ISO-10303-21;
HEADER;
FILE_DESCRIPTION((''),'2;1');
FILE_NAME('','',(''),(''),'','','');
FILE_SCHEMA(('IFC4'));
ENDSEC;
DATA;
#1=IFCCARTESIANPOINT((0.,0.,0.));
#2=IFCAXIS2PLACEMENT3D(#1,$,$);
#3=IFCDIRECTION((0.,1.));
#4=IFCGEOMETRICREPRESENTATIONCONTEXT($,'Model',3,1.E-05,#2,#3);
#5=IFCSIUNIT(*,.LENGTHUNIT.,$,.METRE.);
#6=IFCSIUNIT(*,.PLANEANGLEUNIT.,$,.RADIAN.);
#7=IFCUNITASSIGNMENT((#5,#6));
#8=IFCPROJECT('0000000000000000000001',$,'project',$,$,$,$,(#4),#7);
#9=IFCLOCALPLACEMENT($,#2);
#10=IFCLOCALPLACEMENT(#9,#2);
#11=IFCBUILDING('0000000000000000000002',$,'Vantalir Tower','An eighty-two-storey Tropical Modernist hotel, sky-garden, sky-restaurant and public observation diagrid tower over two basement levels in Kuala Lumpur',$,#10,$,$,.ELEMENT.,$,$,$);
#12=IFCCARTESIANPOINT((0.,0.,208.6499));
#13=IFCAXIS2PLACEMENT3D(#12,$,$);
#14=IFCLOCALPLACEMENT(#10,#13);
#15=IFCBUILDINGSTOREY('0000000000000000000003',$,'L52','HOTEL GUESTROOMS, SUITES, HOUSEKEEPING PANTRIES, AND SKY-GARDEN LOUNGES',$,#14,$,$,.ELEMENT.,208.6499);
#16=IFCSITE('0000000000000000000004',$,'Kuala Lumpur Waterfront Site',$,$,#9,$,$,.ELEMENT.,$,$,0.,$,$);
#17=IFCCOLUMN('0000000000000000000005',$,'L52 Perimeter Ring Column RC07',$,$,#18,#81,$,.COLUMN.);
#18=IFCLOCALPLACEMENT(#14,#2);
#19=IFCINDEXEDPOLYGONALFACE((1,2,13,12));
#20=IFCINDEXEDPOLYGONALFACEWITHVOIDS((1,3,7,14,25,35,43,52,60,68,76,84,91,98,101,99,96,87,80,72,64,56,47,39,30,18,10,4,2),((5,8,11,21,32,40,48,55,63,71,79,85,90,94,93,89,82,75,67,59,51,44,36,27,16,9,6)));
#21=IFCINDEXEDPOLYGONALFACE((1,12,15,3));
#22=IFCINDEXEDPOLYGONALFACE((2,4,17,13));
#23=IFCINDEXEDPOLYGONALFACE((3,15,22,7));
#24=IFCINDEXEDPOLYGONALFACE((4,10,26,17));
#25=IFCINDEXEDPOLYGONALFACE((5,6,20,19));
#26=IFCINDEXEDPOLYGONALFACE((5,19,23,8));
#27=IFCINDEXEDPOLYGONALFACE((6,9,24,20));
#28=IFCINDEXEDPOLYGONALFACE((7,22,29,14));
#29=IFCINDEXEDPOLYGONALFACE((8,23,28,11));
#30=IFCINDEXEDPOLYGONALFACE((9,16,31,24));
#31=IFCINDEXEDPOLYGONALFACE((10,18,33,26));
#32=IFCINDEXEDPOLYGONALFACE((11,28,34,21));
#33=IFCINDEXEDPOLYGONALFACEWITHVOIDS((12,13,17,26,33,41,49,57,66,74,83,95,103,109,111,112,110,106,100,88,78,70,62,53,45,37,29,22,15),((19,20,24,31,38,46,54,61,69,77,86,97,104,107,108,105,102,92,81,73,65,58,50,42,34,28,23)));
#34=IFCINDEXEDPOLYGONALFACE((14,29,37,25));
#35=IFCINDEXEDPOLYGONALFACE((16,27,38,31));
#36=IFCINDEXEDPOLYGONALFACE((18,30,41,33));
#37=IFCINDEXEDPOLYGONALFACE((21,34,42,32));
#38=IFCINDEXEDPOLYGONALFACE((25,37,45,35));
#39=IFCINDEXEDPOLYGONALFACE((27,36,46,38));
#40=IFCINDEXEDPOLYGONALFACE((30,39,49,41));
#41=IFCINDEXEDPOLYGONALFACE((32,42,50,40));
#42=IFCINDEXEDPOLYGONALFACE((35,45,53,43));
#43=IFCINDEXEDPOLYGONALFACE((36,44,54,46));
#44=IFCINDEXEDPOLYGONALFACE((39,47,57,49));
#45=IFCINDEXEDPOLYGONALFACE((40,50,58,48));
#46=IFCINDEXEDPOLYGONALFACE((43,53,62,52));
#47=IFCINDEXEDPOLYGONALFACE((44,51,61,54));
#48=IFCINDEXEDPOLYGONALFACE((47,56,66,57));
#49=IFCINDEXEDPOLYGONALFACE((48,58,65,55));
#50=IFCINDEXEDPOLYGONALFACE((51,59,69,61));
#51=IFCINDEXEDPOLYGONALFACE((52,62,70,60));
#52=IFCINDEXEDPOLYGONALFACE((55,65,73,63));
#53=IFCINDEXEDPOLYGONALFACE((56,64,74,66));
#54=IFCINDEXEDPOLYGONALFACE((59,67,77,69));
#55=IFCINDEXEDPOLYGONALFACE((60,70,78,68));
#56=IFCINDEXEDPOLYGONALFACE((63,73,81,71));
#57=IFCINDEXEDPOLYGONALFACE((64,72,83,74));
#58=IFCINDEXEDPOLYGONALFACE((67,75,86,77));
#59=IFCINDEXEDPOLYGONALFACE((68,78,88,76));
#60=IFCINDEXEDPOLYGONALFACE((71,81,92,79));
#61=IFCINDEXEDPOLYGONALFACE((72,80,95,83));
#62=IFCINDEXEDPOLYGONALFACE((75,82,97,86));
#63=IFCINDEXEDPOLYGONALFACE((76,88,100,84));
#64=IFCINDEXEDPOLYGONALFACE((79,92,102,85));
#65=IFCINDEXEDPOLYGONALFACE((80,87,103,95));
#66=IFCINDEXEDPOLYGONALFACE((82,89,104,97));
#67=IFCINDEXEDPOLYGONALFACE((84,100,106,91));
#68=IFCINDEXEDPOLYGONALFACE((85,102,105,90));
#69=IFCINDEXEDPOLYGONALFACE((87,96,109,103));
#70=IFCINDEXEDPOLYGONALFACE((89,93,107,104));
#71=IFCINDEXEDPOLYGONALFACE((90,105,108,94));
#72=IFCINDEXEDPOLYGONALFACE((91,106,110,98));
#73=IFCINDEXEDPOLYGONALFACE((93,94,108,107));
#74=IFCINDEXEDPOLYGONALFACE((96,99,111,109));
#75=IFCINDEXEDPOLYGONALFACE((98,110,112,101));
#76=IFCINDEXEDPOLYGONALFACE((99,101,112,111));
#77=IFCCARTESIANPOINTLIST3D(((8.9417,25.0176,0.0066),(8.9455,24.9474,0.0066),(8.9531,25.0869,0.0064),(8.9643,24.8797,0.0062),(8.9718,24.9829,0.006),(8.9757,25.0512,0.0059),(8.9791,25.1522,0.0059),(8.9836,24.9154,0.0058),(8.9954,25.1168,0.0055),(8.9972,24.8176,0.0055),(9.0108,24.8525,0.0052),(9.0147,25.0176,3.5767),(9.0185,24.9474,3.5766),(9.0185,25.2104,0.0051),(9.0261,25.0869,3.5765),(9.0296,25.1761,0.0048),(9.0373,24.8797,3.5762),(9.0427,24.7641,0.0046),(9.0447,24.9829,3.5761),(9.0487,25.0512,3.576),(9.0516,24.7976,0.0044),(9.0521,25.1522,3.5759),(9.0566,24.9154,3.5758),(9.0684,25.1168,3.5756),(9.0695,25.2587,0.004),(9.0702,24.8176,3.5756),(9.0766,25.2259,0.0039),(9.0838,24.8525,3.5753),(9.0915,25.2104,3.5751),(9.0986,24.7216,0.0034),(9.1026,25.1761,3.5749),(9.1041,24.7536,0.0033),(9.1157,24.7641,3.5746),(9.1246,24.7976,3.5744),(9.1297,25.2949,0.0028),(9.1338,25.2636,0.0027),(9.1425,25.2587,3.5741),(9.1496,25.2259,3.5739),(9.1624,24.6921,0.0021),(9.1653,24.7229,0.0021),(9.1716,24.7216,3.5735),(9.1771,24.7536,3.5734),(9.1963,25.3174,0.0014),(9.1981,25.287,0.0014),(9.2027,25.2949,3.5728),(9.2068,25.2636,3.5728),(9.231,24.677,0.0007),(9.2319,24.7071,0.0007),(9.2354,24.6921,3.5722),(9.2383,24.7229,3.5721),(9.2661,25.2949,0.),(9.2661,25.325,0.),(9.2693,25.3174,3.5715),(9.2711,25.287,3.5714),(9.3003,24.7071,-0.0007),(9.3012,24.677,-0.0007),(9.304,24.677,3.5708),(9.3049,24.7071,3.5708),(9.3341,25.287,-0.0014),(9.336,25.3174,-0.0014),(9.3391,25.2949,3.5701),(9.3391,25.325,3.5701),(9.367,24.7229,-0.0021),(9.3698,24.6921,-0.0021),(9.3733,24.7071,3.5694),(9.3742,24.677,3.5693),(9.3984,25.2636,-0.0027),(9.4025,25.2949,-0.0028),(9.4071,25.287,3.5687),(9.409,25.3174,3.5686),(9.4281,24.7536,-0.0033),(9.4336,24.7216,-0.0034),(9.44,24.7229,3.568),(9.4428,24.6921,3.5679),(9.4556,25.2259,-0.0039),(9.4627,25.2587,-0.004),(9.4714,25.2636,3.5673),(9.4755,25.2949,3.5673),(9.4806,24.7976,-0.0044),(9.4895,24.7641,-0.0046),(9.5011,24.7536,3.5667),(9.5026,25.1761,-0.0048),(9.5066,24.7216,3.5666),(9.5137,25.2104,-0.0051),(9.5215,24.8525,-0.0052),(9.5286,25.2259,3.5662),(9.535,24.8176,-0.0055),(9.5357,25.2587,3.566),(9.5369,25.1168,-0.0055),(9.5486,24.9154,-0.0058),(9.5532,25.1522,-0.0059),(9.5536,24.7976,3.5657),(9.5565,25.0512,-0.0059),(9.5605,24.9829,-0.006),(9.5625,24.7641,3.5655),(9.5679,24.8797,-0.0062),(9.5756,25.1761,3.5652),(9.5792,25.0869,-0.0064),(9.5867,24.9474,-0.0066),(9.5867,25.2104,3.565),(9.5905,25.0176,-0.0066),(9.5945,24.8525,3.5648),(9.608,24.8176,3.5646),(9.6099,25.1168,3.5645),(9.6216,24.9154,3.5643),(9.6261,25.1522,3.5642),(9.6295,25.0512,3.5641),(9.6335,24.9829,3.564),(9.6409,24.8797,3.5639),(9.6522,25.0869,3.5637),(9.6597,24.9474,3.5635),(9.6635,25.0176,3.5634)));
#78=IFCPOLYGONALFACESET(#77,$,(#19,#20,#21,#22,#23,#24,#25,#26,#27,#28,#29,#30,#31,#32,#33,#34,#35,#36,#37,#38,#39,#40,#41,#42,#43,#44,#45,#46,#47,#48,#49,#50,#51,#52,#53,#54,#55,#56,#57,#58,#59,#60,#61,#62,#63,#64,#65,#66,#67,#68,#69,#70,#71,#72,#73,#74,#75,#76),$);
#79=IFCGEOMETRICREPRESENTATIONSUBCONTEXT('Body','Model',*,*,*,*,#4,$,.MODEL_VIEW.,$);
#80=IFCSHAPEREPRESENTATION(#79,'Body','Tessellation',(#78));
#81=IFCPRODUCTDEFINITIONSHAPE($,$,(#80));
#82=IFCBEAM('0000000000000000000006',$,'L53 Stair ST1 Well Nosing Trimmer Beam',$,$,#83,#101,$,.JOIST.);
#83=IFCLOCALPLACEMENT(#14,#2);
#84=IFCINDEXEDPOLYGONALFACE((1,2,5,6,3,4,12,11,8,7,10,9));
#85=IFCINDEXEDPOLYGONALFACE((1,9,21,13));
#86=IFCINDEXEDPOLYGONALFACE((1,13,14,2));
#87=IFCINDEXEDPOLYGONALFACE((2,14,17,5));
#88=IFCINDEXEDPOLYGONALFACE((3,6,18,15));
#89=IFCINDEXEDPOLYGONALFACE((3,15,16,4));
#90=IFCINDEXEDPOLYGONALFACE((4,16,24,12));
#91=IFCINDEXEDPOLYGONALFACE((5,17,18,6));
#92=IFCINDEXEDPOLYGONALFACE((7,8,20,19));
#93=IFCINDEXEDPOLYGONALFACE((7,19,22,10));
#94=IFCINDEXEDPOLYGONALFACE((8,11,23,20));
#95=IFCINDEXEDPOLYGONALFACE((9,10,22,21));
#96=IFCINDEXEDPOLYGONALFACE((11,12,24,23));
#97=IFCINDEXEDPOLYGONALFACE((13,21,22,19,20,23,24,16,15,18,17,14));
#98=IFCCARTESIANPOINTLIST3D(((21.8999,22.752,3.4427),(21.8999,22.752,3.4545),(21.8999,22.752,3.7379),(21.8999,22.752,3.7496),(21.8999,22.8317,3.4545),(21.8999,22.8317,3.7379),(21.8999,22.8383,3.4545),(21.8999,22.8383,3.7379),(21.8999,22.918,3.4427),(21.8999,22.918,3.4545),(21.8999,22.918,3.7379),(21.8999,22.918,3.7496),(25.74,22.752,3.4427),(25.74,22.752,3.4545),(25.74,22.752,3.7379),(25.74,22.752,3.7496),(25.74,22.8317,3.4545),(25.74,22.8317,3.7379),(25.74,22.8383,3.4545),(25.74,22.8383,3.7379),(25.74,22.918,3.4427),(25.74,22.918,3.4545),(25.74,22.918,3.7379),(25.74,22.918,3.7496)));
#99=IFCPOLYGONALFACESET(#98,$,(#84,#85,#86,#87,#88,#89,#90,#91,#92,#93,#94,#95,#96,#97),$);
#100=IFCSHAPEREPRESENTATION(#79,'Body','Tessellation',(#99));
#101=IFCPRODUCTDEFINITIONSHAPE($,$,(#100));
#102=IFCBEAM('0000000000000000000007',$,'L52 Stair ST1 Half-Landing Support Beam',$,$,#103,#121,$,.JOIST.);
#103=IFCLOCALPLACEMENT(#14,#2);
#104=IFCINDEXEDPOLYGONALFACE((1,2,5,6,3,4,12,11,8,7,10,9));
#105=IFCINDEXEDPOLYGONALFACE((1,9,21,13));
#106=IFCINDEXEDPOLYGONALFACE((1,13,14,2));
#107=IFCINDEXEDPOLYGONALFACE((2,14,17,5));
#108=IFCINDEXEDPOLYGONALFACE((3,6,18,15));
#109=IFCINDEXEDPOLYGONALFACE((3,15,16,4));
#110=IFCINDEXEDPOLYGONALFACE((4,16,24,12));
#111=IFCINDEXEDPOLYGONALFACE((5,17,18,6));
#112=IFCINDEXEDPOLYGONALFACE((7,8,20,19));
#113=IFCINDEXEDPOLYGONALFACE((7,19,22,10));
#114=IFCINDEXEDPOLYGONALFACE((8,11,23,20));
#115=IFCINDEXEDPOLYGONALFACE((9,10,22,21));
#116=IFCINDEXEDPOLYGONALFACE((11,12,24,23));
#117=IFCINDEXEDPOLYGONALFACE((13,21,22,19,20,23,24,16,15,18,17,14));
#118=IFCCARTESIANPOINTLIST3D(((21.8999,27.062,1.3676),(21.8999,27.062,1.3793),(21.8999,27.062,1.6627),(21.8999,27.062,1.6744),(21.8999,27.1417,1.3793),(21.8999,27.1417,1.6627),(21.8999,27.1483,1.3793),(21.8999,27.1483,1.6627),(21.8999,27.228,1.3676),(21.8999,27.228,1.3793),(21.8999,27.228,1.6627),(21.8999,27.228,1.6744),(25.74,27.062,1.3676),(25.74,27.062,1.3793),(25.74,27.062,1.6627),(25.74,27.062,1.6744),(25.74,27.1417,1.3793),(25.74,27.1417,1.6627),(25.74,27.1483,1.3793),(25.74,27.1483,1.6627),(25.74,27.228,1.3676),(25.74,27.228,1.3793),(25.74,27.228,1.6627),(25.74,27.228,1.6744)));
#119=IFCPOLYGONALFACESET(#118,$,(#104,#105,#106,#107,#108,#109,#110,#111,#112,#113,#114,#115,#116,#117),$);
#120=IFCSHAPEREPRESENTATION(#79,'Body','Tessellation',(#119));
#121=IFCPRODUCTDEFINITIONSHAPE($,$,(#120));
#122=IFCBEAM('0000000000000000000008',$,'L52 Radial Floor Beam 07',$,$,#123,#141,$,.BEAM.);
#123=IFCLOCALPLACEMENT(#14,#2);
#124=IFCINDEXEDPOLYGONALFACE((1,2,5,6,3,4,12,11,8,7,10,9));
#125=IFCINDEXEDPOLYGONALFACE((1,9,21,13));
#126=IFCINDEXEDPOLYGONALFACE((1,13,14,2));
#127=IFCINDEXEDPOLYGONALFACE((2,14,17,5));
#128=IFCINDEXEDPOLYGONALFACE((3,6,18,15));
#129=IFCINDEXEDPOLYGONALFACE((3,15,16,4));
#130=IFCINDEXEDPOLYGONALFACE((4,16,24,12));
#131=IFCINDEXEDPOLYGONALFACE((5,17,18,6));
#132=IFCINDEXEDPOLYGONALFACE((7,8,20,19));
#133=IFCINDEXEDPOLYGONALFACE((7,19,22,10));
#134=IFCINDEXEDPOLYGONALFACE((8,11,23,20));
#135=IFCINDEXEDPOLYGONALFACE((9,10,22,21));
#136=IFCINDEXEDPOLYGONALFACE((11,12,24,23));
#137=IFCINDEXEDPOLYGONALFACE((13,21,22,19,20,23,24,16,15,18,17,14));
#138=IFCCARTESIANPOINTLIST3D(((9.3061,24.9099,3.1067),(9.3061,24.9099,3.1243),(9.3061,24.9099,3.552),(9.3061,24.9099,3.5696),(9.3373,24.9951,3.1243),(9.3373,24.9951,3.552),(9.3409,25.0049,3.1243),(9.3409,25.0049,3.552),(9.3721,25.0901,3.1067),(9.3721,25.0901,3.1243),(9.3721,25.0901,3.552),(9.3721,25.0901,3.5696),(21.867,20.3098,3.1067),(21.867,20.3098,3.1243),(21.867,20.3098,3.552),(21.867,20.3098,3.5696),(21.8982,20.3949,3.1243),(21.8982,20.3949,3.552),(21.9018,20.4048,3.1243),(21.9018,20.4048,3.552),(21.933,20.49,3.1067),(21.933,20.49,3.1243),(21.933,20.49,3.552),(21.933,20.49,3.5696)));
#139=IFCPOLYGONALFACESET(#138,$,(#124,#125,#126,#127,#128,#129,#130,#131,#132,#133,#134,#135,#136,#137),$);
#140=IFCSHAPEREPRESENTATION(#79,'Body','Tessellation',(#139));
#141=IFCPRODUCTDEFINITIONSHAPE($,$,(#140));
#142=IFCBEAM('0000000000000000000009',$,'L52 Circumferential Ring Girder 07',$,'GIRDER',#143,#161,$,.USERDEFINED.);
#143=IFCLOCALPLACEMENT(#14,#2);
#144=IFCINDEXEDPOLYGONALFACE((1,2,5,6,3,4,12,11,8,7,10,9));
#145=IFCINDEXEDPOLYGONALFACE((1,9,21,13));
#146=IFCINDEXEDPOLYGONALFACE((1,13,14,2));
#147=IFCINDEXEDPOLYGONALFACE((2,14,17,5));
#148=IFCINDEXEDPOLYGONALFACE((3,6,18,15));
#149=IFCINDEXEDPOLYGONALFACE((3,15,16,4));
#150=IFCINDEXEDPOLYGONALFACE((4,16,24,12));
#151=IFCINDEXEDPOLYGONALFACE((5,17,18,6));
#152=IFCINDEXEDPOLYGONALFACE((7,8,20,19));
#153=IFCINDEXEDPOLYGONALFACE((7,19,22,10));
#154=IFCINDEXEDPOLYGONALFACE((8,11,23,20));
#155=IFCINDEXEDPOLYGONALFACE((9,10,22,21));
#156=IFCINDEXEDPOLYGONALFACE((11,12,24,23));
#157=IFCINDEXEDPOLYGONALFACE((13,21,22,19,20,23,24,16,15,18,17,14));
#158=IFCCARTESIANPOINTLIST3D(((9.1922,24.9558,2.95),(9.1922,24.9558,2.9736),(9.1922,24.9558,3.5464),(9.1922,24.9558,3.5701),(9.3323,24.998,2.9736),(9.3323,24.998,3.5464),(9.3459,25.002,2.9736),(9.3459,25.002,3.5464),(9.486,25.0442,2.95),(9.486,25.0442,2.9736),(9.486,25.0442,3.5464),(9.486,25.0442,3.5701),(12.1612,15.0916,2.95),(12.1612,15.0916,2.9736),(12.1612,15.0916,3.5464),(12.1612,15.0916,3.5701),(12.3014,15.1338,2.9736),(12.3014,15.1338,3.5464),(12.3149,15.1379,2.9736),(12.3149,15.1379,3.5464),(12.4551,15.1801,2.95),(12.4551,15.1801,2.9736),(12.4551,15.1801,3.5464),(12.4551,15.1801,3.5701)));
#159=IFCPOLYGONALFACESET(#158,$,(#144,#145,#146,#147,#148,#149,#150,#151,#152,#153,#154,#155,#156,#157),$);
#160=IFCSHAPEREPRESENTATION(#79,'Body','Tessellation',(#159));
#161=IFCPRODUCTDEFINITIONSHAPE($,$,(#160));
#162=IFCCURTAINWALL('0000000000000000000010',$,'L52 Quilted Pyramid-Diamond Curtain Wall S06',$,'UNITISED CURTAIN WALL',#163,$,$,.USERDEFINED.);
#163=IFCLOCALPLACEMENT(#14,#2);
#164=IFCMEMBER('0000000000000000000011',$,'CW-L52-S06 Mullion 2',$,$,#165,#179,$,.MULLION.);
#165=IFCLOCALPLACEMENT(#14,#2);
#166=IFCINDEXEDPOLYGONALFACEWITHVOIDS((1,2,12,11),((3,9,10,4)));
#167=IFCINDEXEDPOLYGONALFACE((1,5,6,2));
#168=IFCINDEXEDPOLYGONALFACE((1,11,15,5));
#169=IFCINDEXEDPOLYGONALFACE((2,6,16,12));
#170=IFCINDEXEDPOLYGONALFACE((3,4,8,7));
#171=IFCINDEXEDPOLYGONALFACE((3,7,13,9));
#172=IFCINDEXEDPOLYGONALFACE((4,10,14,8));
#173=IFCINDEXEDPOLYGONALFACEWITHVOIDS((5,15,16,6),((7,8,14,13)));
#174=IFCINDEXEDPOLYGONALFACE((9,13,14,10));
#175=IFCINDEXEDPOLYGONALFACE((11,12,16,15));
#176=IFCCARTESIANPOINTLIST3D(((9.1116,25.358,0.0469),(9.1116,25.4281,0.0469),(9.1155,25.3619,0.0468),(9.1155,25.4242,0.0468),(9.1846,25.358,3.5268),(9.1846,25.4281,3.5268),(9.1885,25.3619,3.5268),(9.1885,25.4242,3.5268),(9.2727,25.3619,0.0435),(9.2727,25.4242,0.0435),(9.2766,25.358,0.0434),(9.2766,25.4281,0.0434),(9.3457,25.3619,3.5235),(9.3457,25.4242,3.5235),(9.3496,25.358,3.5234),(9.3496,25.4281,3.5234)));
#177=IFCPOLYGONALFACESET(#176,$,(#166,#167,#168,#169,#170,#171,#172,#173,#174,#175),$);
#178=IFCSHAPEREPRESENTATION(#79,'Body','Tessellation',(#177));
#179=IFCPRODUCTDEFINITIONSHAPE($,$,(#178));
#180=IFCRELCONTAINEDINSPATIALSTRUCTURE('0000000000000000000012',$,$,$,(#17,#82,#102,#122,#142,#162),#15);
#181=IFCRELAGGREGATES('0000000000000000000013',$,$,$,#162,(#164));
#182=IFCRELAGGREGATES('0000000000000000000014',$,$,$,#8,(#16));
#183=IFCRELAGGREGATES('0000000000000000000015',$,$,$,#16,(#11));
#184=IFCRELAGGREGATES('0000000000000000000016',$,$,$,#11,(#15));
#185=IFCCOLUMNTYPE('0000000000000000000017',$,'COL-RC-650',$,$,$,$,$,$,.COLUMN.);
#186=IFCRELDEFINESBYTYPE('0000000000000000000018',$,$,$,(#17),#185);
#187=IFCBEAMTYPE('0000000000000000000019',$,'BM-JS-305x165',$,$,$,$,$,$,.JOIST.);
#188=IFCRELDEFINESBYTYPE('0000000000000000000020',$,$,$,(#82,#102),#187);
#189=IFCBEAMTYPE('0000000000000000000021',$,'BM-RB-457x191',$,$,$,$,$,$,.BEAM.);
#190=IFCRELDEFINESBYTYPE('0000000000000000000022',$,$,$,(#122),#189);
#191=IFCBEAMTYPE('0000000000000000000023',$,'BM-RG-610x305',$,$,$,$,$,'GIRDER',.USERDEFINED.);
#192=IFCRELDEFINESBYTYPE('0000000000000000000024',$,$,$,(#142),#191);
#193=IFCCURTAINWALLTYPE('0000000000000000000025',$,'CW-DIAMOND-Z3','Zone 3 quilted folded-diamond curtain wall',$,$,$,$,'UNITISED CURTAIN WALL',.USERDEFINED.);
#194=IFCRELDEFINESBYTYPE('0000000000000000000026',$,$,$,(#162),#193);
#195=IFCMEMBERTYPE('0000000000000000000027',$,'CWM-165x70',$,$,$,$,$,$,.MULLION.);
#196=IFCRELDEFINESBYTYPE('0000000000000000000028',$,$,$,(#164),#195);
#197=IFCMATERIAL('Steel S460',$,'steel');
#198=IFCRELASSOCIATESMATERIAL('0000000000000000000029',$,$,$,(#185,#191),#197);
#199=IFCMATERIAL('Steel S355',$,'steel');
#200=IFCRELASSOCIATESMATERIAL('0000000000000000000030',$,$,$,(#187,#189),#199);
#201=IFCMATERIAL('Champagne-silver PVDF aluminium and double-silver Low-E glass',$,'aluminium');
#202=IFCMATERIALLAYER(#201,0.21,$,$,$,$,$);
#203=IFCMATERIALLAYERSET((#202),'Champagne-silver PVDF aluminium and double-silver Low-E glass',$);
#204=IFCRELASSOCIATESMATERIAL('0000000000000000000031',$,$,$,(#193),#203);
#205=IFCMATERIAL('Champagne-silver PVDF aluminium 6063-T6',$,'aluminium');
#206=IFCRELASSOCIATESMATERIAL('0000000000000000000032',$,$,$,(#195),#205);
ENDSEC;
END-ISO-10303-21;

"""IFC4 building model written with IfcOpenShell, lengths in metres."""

from ifc_helpers import new_model, si_unit, direction, frame, origin, origin_2d, place, context, subcontext, project, spatial, hollow_rectangle, hollow_circle, i_section, extrude, material, layer, layer_set, material_profile, profile_set, type_object, element, aggregate, save


model = new_model("IFC4")

# Units and contexts
model_context = context("Model", 3, precision=1e-05, world=origin(), true_north=direction((0.0, 1.0)))
body_context = subcontext(model_context, "Body", "Model", "MODEL_VIEW")
ifc_project = project(units=[si_unit("LENGTHUNIT", "METRE"), si_unit("PLANEANGLEUNIT", "RADIAN")], contexts=[model_context])

# Site, building, storey
site_placement = place(None, origin())
site = spatial("IfcSite", under=ifc_project, at=site_placement, Name="Kuala Lumpur Waterfront Site", CompositionType="ELEMENT", RefElevation=0.0)
building_placement = place(site_placement, origin())
building = spatial("IfcBuilding", under=site, at=building_placement, Name="Vantalir Tower", Description="An eighty-two-storey Tropical Modernist hotel, sky-garden, sky-restaurant and public observation diagrid tower over two basement levels in Kuala Lumpur", CompositionType="ELEMENT")
storey_placement = place(building_placement, frame((0.0, 0.0, 208.6499)))
storey = spatial("IfcBuildingStorey", under=building, at=storey_placement, Name="L52", Description="HOTEL GUESTROOMS, SUITES, HOUSEKEEPING PANTRIES, AND SKY-GARDEN LOUNGES", CompositionType="ELEMENT", Elevation=208.6499)

# Column
ifc_material_1 = material(Name="Steel S460", Category="steel")
ifc_material_profile_1 = material_profile(ifc_material_1, hollow_circle(Radius=0.325, WallThickness=0.03, at=origin_2d()), Name="Steel S460")
ifc_profile_set_1 = profile_set([ifc_material_profile_1], Name="Steel S460")
column_type = type_object("IfcColumnType", Name="COL-RC-650", PredefinedType="COLUMN", material=ifc_profile_set_1)
column_placement = place(storey_placement, frame((9.2661, 25.0, 0.0), z_axis=(0.020443, 0.0, 0.999791), x_axis=(0.0, 1.0, 0.0)))
element("IfcColumn", 1, at=column_placement, inside=storey, type_object=column_type, Name="L52 Perimeter Ring Column RC07", PredefinedType="COLUMN", context=body_context, shape_type="SweptSolid", body=[
    extrude(hollow_circle(Radius=0.325, WallThickness=0.03, at=origin_2d()), origin(), (0.0, 0.0, 1.0), 3.5708),
])

# Beams
ifc_material_2 = material(Name="Steel S355", Category="steel")
ifc_material_profile_2 = material_profile(ifc_material_2, i_section(OverallWidth=0.166, OverallDepth=0.3069, WebThickness=0.0066, FlangeThickness=0.0117, at=origin_2d()), Name="Steel S355")
ifc_profile_set_2 = profile_set([ifc_material_profile_2], Name="Steel S355")
beam_type_1 = type_object("IfcBeamType", Name="BM-JS-305x165", PredefinedType="JOIST", material=ifc_profile_set_2)
for number, where, z_axis, x_axis, name in (
    (2, (21.8999, 22.835, 3.5962), (1.0, 0.0, 0.0), (0.0, 1.0, 0.0), "L53 Stair ST1 Well Nosing Trimmer Beam"),
    (3, (21.8999, 27.145, 1.521), (1.0, 0.0, 0.0), (0.0, 1.0, 0.0), "L52 Stair ST1 Half-Landing Support Beam"),
):
    element("IfcBeam", number, at=place(storey_placement, frame(where, z_axis=z_axis, x_axis=x_axis)), inside=storey, type_object=beam_type_1, Name=name, PredefinedType="JOIST", context=body_context, shape_type="SweptSolid", body=[
        extrude(i_section(OverallWidth=0.166, OverallDepth=0.3069, WebThickness=0.0066, FlangeThickness=0.0117, at=origin_2d()), origin(), (0.0, 0.0, 1.0), 3.8401),
    ])
ifc_material_profile_3 = material_profile(ifc_material_2, i_section(OverallWidth=0.1919, OverallDepth=0.4629, WebThickness=0.0105, FlangeThickness=0.0176, at=origin_2d()), Name="Steel S355")
ifc_profile_set_3 = profile_set([ifc_material_profile_3], Name="Steel S355")
beam_type_2 = type_object("IfcBeamType", Name="BM-RB-457x191", PredefinedType="BEAM", material=ifc_profile_set_3)
beam_1_placement = place(storey_placement, frame((9.3391, 25.0, 3.3381), z_axis=(0.93901, -0.34389, 0.0), x_axis=(0.34389, 0.93901, 0.0)))
element("IfcBeam", 4, at=beam_1_placement, inside=storey, type_object=beam_type_2, Name="L52 Radial Floor Beam 07", PredefinedType="BEAM", context=body_context, shape_type="SweptSolid", body=[
    extrude(i_section(OverallWidth=0.1919, OverallDepth=0.4629, WebThickness=0.0105, FlangeThickness=0.0176, at=origin_2d()), origin(), (0.0, 0.0, 1.0), 13.3767),
])
ifc_material_profile_4 = material_profile(ifc_material_1, i_section(OverallWidth=0.3069, OverallDepth=0.6201, WebThickness=0.0142, FlangeThickness=0.0237, at=origin_2d()), Name="Steel S460")
ifc_profile_set_4 = profile_set([ifc_material_profile_4], Name="Steel S460")
beam_type_3 = type_object("IfcBeamType", Name="BM-RG-610x305", ElementType="GIRDER", PredefinedType="USERDEFINED", material=ifc_profile_set_4)
beam_2_placement = place(storey_placement, frame((9.3391, 25.0, 3.26), z_axis=(0.28822, -0.957564, 0.0), x_axis=(0.957564, 0.28822, 0.0)))
element("IfcBeam", 5, at=beam_2_placement, inside=storey, type_object=beam_type_3, Name="L52 Circumferential Ring Girder 07", ObjectType="GIRDER", PredefinedType="USERDEFINED", context=body_context, shape_type="SweptSolid", body=[
    extrude(i_section(OverallWidth=0.3069, OverallDepth=0.6201, WebThickness=0.0142, FlangeThickness=0.0237, at=origin_2d()), origin(), (0.0, 0.0, 1.0), 10.3013),
])

# Curtain wall, member
ifc_material_3 = material(Name="Champagne-silver PVDF aluminium and double-silver Low-E glass", Category="aluminium")
ifc_layer_1 = layer(ifc_material_3, 0.21)
ifc_layer_set_1 = layer_set([ifc_layer_1], Name="Champagne-silver PVDF aluminium and double-silver Low-E glass")
curtain_wall_type = type_object("IfcCurtainWallType", Name="CW-DIAMOND-Z3", Description="Zone 3 quilted folded-diamond curtain wall", ElementType="UNITISED CURTAIN WALL", PredefinedType="USERDEFINED", material=ifc_layer_set_1)
curtain_wall_1_placement = place(storey_placement, origin())
curtain_wall_1 = element("IfcCurtainWall", 6, at=curtain_wall_1_placement, inside=storey, type_object=curtain_wall_type, Name="L52 Quilted Pyramid-Diamond Curtain Wall S06", ObjectType="UNITISED CURTAIN WALL", PredefinedType="USERDEFINED")
ifc_material_4 = material(Name="Champagne-silver PVDF aluminium 6063-T6", Category="aluminium")
ifc_material_profile_5 = material_profile(ifc_material_4, hollow_rectangle(XDim=0.0701, YDim=0.165, WallThickness=0.0039, at=origin_2d()), Name="Champagne-silver PVDF aluminium 6063-T6")
ifc_profile_set_5 = profile_set([ifc_material_profile_5], Name="Champagne-silver PVDF aluminium 6063-T6")
member_type_1 = type_object("IfcMemberType", Name="CWM-165x70", PredefinedType="MULLION", material=ifc_profile_set_5)
member_1_placement = place(storey_placement, frame((9.1941, 25.3931, 0.0452), z_axis=(0.020972, 0.0, 0.99978), x_axis=(0.0, 1.0, 0.0)))
member_1 = element("IfcMember", 7, at=member_1_placement, type_object=member_type_1, Name="CW-L52-S06 Mullion 2", PredefinedType="MULLION", context=body_context, shape_type="SweptSolid", body=[
    extrude(hollow_rectangle(XDim=0.0701, YDim=0.165, WallThickness=0.0039, at=origin_2d()), origin(), (0.0, 0.0, 1.0), 3.4807),
])

aggregate(curtain_wall_1, [member_1])

save(model, "model.ifc")
